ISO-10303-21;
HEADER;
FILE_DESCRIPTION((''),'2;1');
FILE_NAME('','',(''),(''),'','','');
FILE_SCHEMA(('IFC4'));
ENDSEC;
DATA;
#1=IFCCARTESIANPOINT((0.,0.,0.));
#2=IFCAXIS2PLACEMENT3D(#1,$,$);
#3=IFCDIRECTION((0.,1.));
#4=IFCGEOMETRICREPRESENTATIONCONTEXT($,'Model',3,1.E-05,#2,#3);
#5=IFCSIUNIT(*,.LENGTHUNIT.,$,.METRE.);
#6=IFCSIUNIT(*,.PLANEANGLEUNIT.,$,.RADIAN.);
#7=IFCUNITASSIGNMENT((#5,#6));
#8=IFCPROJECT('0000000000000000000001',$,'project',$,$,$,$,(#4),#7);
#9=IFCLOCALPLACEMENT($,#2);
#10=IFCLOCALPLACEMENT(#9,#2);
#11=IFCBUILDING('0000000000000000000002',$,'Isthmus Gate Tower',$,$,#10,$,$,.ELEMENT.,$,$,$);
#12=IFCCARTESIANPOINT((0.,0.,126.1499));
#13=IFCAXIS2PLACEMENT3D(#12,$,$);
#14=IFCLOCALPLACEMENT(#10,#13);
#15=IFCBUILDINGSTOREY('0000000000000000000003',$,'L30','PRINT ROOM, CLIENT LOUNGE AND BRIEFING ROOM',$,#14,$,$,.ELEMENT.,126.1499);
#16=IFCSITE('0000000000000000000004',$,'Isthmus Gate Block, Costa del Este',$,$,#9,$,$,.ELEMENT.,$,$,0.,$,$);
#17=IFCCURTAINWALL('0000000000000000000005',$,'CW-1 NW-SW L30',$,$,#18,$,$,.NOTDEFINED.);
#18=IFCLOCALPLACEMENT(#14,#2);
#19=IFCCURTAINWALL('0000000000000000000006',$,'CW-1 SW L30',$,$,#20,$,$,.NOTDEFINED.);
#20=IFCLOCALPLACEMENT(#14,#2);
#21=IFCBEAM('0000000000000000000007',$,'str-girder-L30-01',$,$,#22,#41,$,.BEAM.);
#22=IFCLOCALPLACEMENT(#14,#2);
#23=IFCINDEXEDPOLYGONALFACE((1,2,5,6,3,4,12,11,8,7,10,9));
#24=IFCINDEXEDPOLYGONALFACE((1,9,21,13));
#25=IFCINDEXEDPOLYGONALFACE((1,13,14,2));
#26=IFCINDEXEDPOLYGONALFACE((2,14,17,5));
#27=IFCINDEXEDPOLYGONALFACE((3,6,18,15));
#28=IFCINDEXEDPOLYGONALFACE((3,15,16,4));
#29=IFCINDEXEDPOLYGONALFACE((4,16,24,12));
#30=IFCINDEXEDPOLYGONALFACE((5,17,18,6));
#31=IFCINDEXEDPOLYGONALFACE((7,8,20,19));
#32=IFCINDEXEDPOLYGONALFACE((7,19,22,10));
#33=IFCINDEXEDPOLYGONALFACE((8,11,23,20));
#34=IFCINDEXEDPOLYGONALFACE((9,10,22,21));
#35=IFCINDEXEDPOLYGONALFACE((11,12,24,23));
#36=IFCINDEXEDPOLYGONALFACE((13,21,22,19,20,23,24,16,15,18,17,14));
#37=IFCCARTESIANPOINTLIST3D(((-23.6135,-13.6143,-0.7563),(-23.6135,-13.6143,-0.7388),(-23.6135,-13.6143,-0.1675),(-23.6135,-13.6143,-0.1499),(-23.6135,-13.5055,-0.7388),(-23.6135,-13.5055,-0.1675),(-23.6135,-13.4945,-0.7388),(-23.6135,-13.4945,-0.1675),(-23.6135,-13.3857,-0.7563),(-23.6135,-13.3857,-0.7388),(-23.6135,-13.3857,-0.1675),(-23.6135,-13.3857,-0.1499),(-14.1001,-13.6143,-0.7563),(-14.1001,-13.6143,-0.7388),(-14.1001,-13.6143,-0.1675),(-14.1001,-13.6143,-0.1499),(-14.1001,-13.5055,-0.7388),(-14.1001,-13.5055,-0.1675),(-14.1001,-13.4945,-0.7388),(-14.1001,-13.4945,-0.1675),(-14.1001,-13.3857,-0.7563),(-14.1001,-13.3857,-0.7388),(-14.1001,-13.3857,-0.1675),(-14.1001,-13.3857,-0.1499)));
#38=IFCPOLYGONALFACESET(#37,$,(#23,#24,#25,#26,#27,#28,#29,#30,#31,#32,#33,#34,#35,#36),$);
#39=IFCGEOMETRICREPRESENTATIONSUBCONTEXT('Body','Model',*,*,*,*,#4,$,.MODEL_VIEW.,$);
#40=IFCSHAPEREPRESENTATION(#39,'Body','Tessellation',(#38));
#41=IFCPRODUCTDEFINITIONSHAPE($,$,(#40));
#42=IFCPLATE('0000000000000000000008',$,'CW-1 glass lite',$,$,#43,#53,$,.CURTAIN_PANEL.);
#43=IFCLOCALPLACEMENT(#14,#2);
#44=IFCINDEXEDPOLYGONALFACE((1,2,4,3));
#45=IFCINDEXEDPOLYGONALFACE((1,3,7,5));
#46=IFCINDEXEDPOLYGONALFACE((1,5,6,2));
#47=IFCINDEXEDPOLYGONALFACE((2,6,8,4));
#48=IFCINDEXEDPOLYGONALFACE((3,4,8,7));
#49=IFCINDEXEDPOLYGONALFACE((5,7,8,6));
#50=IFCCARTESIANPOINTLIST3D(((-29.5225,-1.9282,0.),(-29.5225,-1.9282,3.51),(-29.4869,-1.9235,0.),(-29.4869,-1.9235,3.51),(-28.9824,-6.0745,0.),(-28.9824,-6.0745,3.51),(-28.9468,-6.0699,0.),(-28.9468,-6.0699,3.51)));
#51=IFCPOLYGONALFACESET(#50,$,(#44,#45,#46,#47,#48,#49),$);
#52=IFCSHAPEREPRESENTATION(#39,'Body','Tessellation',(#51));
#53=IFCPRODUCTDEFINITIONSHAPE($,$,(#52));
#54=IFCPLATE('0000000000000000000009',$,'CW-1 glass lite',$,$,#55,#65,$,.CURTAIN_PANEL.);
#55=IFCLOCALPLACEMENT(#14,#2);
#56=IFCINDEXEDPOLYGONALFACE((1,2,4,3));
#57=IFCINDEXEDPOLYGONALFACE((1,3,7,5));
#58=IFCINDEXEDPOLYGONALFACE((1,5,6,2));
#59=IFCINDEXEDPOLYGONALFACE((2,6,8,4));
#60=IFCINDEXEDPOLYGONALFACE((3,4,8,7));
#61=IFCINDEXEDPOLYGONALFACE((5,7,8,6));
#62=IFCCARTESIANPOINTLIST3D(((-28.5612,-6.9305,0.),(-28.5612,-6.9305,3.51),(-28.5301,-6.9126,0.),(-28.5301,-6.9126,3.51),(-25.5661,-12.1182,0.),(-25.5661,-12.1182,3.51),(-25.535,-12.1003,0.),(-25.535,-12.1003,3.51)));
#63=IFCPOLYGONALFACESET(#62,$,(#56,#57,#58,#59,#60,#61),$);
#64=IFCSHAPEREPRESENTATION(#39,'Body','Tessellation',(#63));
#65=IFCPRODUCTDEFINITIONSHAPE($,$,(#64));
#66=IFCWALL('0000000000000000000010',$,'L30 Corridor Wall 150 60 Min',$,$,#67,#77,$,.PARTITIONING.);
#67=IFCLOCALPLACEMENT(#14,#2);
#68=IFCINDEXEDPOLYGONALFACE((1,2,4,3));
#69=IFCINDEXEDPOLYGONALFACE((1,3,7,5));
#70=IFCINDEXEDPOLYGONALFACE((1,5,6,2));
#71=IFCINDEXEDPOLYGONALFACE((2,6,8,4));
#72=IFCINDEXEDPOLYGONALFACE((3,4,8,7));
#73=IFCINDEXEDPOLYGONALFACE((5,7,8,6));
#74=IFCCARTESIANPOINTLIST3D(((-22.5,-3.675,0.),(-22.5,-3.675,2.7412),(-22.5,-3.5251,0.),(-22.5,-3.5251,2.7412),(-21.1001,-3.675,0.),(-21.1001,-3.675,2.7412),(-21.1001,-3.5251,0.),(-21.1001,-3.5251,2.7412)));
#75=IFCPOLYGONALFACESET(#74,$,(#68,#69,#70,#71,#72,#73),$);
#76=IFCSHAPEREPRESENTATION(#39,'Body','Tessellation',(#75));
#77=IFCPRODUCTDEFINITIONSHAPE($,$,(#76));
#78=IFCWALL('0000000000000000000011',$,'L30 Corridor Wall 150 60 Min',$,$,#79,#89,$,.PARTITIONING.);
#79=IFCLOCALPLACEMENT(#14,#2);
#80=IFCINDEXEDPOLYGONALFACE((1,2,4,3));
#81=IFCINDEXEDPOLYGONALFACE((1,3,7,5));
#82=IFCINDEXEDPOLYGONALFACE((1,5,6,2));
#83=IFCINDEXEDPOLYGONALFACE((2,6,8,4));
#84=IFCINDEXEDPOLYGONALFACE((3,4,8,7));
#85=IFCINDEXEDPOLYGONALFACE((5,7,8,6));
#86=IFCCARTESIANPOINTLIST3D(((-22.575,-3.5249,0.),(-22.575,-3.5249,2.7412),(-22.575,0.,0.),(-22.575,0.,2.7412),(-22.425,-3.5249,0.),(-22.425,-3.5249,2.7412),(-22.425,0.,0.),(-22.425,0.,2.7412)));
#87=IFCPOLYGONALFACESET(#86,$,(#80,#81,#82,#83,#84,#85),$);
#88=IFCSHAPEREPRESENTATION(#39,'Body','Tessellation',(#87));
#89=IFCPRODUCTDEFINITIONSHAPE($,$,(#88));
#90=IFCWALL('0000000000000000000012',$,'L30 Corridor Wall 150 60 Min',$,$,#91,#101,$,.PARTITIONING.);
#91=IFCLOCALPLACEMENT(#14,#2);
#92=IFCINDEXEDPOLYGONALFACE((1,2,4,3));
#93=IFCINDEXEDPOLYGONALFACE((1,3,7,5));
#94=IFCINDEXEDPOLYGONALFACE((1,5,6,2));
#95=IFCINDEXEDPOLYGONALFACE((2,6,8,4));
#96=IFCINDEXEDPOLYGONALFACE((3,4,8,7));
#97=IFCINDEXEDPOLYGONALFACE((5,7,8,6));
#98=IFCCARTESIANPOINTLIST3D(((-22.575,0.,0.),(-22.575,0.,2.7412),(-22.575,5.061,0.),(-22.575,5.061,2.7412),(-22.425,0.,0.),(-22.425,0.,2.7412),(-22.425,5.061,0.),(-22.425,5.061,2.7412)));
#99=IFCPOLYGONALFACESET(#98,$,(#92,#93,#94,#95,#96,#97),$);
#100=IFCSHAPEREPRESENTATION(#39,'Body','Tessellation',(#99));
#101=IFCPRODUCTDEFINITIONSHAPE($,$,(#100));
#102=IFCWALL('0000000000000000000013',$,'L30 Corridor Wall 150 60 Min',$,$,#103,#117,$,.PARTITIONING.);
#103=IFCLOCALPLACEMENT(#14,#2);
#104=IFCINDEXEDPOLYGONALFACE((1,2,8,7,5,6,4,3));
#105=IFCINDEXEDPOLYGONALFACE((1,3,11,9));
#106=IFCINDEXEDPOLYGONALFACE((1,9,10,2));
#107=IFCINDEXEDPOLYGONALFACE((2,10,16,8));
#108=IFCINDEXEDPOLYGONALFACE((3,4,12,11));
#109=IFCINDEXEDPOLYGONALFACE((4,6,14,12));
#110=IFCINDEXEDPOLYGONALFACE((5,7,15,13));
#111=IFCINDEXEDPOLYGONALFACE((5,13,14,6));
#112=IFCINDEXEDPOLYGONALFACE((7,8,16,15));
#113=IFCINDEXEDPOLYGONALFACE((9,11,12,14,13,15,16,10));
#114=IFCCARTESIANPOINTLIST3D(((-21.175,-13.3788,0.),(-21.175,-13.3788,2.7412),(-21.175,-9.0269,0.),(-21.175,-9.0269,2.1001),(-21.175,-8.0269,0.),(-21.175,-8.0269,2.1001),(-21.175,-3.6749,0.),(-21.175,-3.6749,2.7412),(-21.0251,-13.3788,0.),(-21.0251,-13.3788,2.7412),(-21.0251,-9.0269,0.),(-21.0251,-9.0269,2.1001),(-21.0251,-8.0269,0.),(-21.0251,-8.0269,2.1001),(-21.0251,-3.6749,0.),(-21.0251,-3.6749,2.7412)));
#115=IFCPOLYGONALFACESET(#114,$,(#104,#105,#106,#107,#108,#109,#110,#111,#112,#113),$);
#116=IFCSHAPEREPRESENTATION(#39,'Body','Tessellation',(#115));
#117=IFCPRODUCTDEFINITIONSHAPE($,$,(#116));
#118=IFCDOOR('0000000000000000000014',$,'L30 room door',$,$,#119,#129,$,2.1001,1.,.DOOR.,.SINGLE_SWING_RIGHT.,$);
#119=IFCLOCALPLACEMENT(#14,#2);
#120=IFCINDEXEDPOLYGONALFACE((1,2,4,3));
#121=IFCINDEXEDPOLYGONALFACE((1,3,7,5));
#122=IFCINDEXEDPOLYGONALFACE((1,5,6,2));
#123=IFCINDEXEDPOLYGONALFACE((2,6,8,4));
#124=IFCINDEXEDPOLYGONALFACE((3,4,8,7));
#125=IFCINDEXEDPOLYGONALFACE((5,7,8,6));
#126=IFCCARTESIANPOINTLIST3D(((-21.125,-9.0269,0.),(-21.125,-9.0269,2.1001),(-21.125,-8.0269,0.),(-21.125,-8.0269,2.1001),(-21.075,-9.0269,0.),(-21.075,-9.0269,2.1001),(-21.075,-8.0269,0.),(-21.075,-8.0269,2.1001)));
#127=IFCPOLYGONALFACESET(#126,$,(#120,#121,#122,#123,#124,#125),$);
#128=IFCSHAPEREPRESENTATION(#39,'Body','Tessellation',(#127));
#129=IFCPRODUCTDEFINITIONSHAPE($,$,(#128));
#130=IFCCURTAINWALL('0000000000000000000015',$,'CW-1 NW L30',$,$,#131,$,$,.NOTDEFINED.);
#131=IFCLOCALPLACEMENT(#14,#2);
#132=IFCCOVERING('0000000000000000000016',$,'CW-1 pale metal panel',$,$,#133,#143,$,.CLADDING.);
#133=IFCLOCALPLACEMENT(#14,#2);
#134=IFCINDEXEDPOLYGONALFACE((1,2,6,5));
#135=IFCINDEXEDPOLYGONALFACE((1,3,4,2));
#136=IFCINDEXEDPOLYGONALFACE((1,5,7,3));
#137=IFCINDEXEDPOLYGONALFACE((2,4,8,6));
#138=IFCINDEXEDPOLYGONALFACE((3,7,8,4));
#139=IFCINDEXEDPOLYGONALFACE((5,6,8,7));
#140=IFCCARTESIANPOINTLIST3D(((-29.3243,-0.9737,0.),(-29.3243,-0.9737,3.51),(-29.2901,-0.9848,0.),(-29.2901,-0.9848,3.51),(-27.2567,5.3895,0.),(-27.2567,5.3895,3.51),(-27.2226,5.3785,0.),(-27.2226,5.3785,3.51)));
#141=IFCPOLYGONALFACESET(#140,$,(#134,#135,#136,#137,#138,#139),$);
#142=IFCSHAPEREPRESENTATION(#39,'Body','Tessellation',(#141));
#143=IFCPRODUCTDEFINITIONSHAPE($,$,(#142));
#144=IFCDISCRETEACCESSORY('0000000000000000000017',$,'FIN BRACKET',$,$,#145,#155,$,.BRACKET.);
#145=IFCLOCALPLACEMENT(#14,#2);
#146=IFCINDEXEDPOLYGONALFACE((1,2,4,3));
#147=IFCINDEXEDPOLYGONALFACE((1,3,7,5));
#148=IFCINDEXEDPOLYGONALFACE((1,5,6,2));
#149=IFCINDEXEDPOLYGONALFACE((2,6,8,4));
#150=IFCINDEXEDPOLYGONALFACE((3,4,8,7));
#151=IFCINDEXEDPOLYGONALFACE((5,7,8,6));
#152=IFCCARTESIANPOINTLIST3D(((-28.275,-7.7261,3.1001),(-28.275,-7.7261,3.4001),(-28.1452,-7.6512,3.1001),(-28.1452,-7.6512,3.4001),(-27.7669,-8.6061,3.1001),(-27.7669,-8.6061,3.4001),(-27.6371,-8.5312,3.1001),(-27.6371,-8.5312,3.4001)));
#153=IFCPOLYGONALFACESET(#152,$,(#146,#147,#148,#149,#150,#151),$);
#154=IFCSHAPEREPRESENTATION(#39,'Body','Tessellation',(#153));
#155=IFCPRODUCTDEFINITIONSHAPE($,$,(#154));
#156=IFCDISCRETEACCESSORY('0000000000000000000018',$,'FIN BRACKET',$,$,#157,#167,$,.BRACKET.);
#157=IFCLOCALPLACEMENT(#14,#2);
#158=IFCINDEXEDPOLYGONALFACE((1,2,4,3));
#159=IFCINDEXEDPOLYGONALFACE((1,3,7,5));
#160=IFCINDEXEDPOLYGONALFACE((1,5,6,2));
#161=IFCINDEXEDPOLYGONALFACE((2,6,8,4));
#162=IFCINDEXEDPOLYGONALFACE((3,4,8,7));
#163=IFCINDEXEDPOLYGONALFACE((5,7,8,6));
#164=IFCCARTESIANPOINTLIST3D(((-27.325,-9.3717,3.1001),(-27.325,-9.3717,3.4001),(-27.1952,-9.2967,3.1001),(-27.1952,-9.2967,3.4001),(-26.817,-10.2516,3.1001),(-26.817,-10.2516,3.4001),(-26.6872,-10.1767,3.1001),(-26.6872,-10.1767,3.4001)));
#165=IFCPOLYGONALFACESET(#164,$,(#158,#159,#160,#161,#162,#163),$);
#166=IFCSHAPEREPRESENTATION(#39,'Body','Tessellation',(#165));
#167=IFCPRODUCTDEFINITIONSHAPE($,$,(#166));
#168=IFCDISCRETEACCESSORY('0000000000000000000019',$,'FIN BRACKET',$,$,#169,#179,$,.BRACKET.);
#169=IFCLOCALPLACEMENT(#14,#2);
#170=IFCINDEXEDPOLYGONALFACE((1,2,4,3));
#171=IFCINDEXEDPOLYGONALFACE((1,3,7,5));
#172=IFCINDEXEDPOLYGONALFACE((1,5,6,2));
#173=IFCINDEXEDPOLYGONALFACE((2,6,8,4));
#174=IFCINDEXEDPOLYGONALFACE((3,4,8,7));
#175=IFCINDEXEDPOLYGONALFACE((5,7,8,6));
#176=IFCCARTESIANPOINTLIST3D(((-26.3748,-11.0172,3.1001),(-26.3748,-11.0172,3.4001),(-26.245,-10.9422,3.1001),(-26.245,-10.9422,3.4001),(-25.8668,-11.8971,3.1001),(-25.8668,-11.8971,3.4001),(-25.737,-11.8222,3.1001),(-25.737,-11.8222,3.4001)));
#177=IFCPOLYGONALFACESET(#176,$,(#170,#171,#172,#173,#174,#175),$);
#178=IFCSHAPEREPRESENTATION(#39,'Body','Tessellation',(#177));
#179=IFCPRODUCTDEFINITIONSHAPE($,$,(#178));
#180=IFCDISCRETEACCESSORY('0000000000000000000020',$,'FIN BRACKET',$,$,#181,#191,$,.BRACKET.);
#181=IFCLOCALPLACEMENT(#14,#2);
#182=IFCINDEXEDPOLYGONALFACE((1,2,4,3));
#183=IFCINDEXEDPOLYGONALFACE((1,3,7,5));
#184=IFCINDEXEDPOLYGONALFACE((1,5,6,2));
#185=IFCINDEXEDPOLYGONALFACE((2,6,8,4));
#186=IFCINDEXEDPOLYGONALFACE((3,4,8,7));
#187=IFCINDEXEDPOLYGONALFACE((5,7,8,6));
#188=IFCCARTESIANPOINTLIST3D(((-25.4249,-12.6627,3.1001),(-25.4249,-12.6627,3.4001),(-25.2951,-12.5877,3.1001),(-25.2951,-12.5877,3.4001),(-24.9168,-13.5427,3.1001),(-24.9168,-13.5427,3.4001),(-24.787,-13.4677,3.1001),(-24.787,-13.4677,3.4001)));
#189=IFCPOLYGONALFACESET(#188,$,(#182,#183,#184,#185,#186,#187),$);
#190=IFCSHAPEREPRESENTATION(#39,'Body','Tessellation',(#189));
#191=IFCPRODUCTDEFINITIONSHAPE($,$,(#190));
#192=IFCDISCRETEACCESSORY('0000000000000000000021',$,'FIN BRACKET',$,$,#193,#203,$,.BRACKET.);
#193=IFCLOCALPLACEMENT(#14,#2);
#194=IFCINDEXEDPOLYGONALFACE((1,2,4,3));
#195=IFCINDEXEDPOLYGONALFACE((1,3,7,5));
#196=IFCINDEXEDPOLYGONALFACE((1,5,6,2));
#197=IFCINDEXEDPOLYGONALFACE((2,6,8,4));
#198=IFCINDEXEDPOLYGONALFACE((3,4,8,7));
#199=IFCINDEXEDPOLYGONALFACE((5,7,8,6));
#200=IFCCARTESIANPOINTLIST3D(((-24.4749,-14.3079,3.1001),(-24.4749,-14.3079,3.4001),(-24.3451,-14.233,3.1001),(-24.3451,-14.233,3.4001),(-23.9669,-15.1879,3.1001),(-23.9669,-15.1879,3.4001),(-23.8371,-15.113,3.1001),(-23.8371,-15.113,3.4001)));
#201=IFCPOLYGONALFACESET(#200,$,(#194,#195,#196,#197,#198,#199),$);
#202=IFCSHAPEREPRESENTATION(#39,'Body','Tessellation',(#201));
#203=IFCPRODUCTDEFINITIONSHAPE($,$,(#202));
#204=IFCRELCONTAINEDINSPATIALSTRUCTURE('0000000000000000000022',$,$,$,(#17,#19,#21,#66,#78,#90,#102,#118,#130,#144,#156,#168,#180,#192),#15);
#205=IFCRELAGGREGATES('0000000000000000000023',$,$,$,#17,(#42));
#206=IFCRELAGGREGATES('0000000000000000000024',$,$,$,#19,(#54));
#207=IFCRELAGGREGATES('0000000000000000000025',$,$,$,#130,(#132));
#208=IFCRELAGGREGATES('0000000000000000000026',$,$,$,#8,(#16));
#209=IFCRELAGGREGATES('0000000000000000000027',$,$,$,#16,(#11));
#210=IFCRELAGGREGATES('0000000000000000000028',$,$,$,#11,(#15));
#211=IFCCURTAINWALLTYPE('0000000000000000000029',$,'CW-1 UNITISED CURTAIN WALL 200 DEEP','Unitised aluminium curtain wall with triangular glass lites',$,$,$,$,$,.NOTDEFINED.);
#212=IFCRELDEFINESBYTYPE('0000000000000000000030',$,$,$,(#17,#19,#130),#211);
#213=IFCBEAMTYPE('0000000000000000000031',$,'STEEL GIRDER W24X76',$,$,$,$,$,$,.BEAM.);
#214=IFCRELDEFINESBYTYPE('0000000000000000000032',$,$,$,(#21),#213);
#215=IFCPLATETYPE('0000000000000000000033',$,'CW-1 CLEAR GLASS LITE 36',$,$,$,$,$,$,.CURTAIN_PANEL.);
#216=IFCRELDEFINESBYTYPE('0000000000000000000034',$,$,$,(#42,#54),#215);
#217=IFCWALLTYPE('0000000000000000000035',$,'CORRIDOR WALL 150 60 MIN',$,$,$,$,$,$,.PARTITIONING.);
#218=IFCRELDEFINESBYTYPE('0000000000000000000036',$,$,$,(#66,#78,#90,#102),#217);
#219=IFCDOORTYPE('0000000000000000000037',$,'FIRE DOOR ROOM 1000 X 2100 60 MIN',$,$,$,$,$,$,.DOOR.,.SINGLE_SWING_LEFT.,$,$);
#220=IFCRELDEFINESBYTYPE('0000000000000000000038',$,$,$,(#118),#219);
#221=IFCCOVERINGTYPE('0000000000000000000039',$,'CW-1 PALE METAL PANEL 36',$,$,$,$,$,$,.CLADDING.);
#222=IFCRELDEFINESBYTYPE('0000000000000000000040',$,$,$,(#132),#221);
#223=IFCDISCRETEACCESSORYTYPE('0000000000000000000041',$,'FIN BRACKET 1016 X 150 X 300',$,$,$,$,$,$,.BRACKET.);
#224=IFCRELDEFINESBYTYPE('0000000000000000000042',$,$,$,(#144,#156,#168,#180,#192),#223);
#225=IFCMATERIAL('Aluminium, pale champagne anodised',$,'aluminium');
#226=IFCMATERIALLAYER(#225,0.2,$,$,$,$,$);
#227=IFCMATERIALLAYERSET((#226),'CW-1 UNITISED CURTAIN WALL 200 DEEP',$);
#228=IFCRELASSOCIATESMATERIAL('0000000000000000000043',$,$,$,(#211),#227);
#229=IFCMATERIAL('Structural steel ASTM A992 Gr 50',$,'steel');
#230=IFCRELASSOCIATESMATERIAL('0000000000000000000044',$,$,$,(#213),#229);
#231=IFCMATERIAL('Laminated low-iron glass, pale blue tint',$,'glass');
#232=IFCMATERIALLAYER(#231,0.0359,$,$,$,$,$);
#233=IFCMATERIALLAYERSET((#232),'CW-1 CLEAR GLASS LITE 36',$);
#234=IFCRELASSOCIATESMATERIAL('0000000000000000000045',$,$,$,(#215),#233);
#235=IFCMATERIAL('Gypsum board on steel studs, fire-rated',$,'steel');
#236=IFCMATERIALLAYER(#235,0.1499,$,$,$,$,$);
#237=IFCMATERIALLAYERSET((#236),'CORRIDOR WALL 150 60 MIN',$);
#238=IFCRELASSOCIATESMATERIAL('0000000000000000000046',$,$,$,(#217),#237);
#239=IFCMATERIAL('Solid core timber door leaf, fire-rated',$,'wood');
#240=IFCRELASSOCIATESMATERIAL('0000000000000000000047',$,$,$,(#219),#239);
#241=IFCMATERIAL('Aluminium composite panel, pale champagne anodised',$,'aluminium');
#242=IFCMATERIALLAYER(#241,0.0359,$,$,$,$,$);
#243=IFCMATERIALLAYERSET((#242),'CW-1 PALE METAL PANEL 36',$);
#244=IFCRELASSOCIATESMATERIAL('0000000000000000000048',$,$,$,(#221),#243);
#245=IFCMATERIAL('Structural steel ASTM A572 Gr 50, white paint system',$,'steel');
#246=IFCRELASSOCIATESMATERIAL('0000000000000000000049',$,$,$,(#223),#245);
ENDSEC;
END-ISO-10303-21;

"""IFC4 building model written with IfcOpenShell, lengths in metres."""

from ifc_helpers import new_model, si_unit, direction, frame, frame_2d, origin, origin_2d, place, context, subcontext, project, spatial, rectangle, i_section, extrude, material, layer, layer_set, material_profile, profile_set, type_object, element, fill, aggregate, save


model = new_model("IFC4")

# Units and contexts
model_context = context("Model", 3, precision=1e-05, world=origin(), true_north=direction((0.0, 1.0)))
body_context = subcontext(model_context, "Body", "Model", "MODEL_VIEW")
ifc_project = project(units=[si_unit("LENGTHUNIT", "METRE"), si_unit("PLANEANGLEUNIT", "RADIAN")], contexts=[model_context])

# Site, building, storey
site_placement = place(None, origin())
site = spatial("IfcSite", under=ifc_project, at=site_placement, Name="Isthmus Gate Block, Costa del Este", CompositionType="ELEMENT", RefElevation=0.0)
building_placement = place(site_placement, origin())
building = spatial("IfcBuilding", under=site, at=building_placement, Name="Isthmus Gate Tower", CompositionType="ELEMENT")
storey_placement = place(building_placement, frame((0.0, 0.0, 126.1499)))
storey = spatial("IfcBuildingStorey", under=building, at=storey_placement, Name="L30", Description="PRINT ROOM, CLIENT LOUNGE AND BRIEFING ROOM", CompositionType="ELEMENT", Elevation=126.1499)

# Curtain walls
ifc_material_1 = material(Name="Aluminium, pale champagne anodised", Category="aluminium")
ifc_layer_1 = layer(ifc_material_1, 0.2)
ifc_layer_set_1 = layer_set([ifc_layer_1], Name="CW-1 UNITISED CURTAIN WALL 200 DEEP")
curtain_wall_type = type_object("IfcCurtainWallType", Name="CW-1 UNITISED CURTAIN WALL 200 DEEP", Description="Unitised aluminium curtain wall with triangular glass lites", PredefinedType="NOTDEFINED", material=ifc_layer_set_1)
curtain_wall_1_placement = place(storey_placement, origin())
curtain_wall_1 = element("IfcCurtainWall", 1, at=curtain_wall_1_placement, inside=storey, type_object=curtain_wall_type, Name="CW-1 NW-SW L30", PredefinedType="NOTDEFINED")
curtain_wall_2_placement = place(storey_placement, origin())
curtain_wall_2 = element("IfcCurtainWall", 2, at=curtain_wall_2_placement, inside=storey, type_object=curtain_wall_type, Name="CW-1 SW L30", PredefinedType="NOTDEFINED")

# Beam
ifc_material_2 = material(Name="Structural steel ASTM A992 Gr 50", Category="steel")
ifc_material_profile_1 = material_profile(ifc_material_2, i_section(OverallWidth=0.2285, OverallDepth=0.6064, WebThickness=0.011, FlangeThickness=0.0176, at=origin_2d()), Name="W24X76")
ifc_profile_set_1 = profile_set([ifc_material_profile_1], Name="Structural steel ASTM A992 Gr 50")
beam_type_1 = type_object("IfcBeamType", Name="STEEL GIRDER W24X76", PredefinedType="BEAM", material=ifc_profile_set_1)
beam_1_placement = place(storey_placement, frame((-23.6135, -13.5, -0.4531), z_axis=(1.0, 0.0, 0.0), x_axis=(0.0, 1.0, 0.0)))
element("IfcBeam", 3, at=beam_1_placement, inside=storey, type_object=beam_type_1, Name="str-girder-L30-01", PredefinedType="BEAM", context=body_context, shape_type="SweptSolid", body=[
    extrude(i_section(OverallWidth=0.2285, OverallDepth=0.6064, WebThickness=0.011, FlangeThickness=0.0176, at=origin_2d()), origin(), (0.0, 0.0, 1.0), 9.5134),
])

# Plates
ifc_material_3 = material(Name="Laminated low-iron glass, pale blue tint", Category="glass")
ifc_layer_2 = layer(ifc_material_3, 0.0359)
ifc_layer_set_2 = layer_set([ifc_layer_2], Name="CW-1 CLEAR GLASS LITE 36")
plate_type = type_object("IfcPlateType", Name="CW-1 CLEAR GLASS LITE 36", PredefinedType="CURTAIN_PANEL", material=ifc_layer_set_2)
plate_1_placement = place(storey_placement, frame((-29.2346, -3.999, 0.0), z_axis=(0.0, 0.0, 1.0), x_axis=(0.129165, -0.991623, 0.0)))
plate_1 = element("IfcPlate", 4, at=plate_1_placement, type_object=plate_type, Name="CW-1 glass lite", PredefinedType="CURTAIN_PANEL", context=body_context, shape_type="SweptSolid", body=[
    extrude(rectangle(XDim=4.1814, YDim=0.0359, at=origin_2d()), origin(), (0.0, 0.0, 1.0), 3.51),
])
aggregate(curtain_wall_1, [plate_1])
plate_2_placement = place(storey_placement, frame((-27.0481, -9.5154, 0.0), z_axis=(0.0, 0.0, 1.0), x_axis=(0.5, -0.866025, 0.0)))
plate_2 = element("IfcPlate", 5, at=plate_2_placement, type_object=plate_type, Name="CW-1 glass lite", PredefinedType="CURTAIN_PANEL", context=body_context, shape_type="SweptSolid", body=[
    extrude(rectangle(XDim=5.9902, YDim=0.0359, at=origin_2d()), origin(), (0.0, 0.0, 1.0), 3.51),
])
aggregate(curtain_wall_2, [plate_2])

# Walls
ifc_material_4 = material(Name="Gypsum board on steel studs, fire-rated", Category="steel")
ifc_layer_3 = layer(ifc_material_4, 0.1499)
ifc_layer_set_3 = layer_set([ifc_layer_3], Name="CORRIDOR WALL 150 60 MIN")
wall_type = type_object("IfcWallType", Name="CORRIDOR WALL 150 60 MIN", PredefinedType="PARTITIONING", material=ifc_layer_set_3)
wall_1_placement = place(storey_placement, frame((-21.1001, -3.6001, 0.0), z_axis=(0.0, 0.0, 1.0), x_axis=(-1.0, 0.0, 0.0)))
element("IfcWall", 6, at=wall_1_placement, inside=storey, type_object=wall_type, Name="L30 Corridor Wall 150 60 Min", PredefinedType="PARTITIONING", context=body_context, shape_type="SweptSolid", body=[
    extrude(rectangle(XDim=1.3999, YDim=0.1499, at=frame_2d((0.7, 0.0))), origin(), (0.0, 0.0, 1.0), 2.7412),
])
wall_2_placement = place(storey_placement, frame((-22.5, -3.5249, 0.0), z_axis=(0.0, 0.0, 1.0), x_axis=(0.0, 1.0, 0.0)))
element("IfcWall", 7, at=wall_2_placement, inside=storey, type_object=wall_type, Name="L30 Corridor Wall 150 60 Min", PredefinedType="PARTITIONING", context=body_context, shape_type="SweptSolid", body=[
    extrude(rectangle(XDim=3.5249, YDim=0.1499, at=frame_2d((1.7625, 0.0))), origin(), (0.0, 0.0, 1.0), 2.7412),
])
wall_3_placement = place(storey_placement, frame((-22.5, 0.0, 0.0), z_axis=(0.0, 0.0, 1.0), x_axis=(0.0, 1.0, 0.0)))
element("IfcWall", 8, at=wall_3_placement, inside=storey, type_object=wall_type, Name="L30 Corridor Wall 150 60 Min", PredefinedType="PARTITIONING", context=body_context, shape_type="SweptSolid", body=[
    extrude(rectangle(XDim=5.061, YDim=0.1499, at=frame_2d((2.5305, 0.0))), origin(), (0.0, 0.0, 1.0), 2.7412),
])

# Wall, opening, door
wall_4_placement = place(storey_placement, frame((-21.1001, -13.3789, 0.0), z_axis=(0.0, 0.0, 1.0), x_axis=(0.0, 1.0, 0.0)))
wall_4 = element("IfcWall", 9, at=wall_4_placement, inside=storey, type_object=wall_type, Name="L30 Corridor Wall 150 60 Min", PredefinedType="PARTITIONING", context=body_context, shape_type="SweptSolid", body=[
    extrude(rectangle(XDim=9.7039, YDim=0.1499, at=frame_2d((4.8521, 0.0))), origin(), (0.0, 0.0, 1.0), 2.7412),
])
opening_placement = place(wall_4_placement, frame((4.3521, 0.0, 0.0)))
opening = element("IfcOpeningElement", 10, at=opening_placement, cuts=wall_4, PredefinedType="OPENING", context=body_context, shape_type="SweptSolid", body=[
    extrude(rectangle(XDim=1.0, YDim=2.1001, at=frame_2d((0.5, 1.05))), frame((0.0, 0.085, 0.0), z_axis=(0.0, -1.0, 0.0), x_axis=(1.0, 0.0, 0.0)), (0.0, 0.0, 1.0), 0.1699),
])
ifc_material_5 = material(Name="Solid core timber door leaf, fire-rated", Category="wood")
door_type = type_object("IfcDoorType", Name="FIRE DOOR ROOM 1000 X 2100 60 MIN", OperationType="SINGLE_SWING_LEFT", PredefinedType="DOOR", material=ifc_material_5)
door_placement = place(opening_placement, origin())
door = element("IfcDoor", 11, at=door_placement, inside=storey, type_object=door_type, Name="L30 room door", OperationType="SINGLE_SWING_RIGHT", OverallHeight=2.1001, OverallWidth=1.0, PredefinedType="DOOR", context=body_context, shape_type="SweptSolid", body=[
    extrude(rectangle(XDim=1.0, YDim=2.1001, at=frame_2d((0.5, 1.05))), frame((0.0, 0.0249, 0.0), z_axis=(0.0, -1.0, 0.0), x_axis=(1.0, 0.0, 0.0)), (0.0, 0.0, 1.0), 0.05),
])
fill(opening, door)

# Curtain wall, covering
curtain_wall_3_placement = place(storey_placement, origin())
curtain_wall_3 = element("IfcCurtainWall", 12, at=curtain_wall_3_placement, inside=storey, type_object=curtain_wall_type, Name="CW-1 NW L30", PredefinedType="NOTDEFINED")
ifc_material_6 = material(Name="Aluminium composite panel, pale champagne anodised", Category="aluminium")
ifc_layer_4 = layer(ifc_material_6, 0.0359)
ifc_layer_set_4 = layer_set([ifc_layer_4], Name="CW-1 PALE METAL PANEL 36")
covering_type = type_object("IfcCoveringType", Name="CW-1 PALE METAL PANEL 36", PredefinedType="CLADDING", material=ifc_layer_set_4)
covering_placement = place(storey_placement, frame((-28.2734, 2.2024, 0.0), z_axis=(0.0, 0.0, 1.0), x_axis=(-0.309017, -0.951057, 0.0)))
covering = element("IfcCovering", 13, at=covering_placement, type_object=covering_type, Name="CW-1 pale metal panel", PredefinedType="CLADDING", context=body_context, shape_type="SweptSolid", body=[
    extrude(rectangle(XDim=6.6907, YDim=0.0359, at=origin_2d()), origin(), (0.0, 0.0, 1.0), 3.51),
])
aggregate(curtain_wall_3, [covering])

# Discrete accessories
ifc_material_7 = material(Name="Structural steel ASTM A572 Gr 50, white paint system", Category="steel")
discrete_accessory_type_1 = type_object("IfcDiscreteAccessoryType", Name="FIN BRACKET 1016 X 150 X 300", PredefinedType="BRACKET", material=ifc_material_7)
for number, where, z_axis, x_axis, name in (
    (14, (-27.9561, -8.1287, 3.1001), (0.0, 0.0, 1.0), (-0.866025, -0.5, 0.0), "FIN BRACKET"),
    (15, (-27.0061, -9.7742, 3.1001), (0.0, 0.0, 1.0), (-0.866025, -0.5, 0.0), "FIN BRACKET"),
    (16, (-26.0559, -11.4197, 3.1001), (0.0, 0.0, 1.0), (-0.866025, -0.5, 0.0), "FIN BRACKET"),
    (17, (-25.106, -13.0652, 3.1001), (0.0, 0.0, 1.0), (-0.866025, -0.5, 0.0), "FIN BRACKET"),
    (18, (-24.156, -14.7104, 3.1001), (0.0, 0.0, 1.0), (-0.866025, -0.5, 0.0), "FIN BRACKET"),
):
    element("IfcDiscreteAccessory", number, at=place(storey_placement, frame(where, z_axis=z_axis, x_axis=x_axis)), inside=storey, type_object=discrete_accessory_type_1, Name=name, PredefinedType="BRACKET", context=body_context, shape_type="SweptSolid", body=[
        extrude(rectangle(XDim=0.1499, YDim=1.0161, at=origin_2d()), origin(), (0.0, 0.0, 1.0), 0.3),
    ])

save(model, "model.ifc")
